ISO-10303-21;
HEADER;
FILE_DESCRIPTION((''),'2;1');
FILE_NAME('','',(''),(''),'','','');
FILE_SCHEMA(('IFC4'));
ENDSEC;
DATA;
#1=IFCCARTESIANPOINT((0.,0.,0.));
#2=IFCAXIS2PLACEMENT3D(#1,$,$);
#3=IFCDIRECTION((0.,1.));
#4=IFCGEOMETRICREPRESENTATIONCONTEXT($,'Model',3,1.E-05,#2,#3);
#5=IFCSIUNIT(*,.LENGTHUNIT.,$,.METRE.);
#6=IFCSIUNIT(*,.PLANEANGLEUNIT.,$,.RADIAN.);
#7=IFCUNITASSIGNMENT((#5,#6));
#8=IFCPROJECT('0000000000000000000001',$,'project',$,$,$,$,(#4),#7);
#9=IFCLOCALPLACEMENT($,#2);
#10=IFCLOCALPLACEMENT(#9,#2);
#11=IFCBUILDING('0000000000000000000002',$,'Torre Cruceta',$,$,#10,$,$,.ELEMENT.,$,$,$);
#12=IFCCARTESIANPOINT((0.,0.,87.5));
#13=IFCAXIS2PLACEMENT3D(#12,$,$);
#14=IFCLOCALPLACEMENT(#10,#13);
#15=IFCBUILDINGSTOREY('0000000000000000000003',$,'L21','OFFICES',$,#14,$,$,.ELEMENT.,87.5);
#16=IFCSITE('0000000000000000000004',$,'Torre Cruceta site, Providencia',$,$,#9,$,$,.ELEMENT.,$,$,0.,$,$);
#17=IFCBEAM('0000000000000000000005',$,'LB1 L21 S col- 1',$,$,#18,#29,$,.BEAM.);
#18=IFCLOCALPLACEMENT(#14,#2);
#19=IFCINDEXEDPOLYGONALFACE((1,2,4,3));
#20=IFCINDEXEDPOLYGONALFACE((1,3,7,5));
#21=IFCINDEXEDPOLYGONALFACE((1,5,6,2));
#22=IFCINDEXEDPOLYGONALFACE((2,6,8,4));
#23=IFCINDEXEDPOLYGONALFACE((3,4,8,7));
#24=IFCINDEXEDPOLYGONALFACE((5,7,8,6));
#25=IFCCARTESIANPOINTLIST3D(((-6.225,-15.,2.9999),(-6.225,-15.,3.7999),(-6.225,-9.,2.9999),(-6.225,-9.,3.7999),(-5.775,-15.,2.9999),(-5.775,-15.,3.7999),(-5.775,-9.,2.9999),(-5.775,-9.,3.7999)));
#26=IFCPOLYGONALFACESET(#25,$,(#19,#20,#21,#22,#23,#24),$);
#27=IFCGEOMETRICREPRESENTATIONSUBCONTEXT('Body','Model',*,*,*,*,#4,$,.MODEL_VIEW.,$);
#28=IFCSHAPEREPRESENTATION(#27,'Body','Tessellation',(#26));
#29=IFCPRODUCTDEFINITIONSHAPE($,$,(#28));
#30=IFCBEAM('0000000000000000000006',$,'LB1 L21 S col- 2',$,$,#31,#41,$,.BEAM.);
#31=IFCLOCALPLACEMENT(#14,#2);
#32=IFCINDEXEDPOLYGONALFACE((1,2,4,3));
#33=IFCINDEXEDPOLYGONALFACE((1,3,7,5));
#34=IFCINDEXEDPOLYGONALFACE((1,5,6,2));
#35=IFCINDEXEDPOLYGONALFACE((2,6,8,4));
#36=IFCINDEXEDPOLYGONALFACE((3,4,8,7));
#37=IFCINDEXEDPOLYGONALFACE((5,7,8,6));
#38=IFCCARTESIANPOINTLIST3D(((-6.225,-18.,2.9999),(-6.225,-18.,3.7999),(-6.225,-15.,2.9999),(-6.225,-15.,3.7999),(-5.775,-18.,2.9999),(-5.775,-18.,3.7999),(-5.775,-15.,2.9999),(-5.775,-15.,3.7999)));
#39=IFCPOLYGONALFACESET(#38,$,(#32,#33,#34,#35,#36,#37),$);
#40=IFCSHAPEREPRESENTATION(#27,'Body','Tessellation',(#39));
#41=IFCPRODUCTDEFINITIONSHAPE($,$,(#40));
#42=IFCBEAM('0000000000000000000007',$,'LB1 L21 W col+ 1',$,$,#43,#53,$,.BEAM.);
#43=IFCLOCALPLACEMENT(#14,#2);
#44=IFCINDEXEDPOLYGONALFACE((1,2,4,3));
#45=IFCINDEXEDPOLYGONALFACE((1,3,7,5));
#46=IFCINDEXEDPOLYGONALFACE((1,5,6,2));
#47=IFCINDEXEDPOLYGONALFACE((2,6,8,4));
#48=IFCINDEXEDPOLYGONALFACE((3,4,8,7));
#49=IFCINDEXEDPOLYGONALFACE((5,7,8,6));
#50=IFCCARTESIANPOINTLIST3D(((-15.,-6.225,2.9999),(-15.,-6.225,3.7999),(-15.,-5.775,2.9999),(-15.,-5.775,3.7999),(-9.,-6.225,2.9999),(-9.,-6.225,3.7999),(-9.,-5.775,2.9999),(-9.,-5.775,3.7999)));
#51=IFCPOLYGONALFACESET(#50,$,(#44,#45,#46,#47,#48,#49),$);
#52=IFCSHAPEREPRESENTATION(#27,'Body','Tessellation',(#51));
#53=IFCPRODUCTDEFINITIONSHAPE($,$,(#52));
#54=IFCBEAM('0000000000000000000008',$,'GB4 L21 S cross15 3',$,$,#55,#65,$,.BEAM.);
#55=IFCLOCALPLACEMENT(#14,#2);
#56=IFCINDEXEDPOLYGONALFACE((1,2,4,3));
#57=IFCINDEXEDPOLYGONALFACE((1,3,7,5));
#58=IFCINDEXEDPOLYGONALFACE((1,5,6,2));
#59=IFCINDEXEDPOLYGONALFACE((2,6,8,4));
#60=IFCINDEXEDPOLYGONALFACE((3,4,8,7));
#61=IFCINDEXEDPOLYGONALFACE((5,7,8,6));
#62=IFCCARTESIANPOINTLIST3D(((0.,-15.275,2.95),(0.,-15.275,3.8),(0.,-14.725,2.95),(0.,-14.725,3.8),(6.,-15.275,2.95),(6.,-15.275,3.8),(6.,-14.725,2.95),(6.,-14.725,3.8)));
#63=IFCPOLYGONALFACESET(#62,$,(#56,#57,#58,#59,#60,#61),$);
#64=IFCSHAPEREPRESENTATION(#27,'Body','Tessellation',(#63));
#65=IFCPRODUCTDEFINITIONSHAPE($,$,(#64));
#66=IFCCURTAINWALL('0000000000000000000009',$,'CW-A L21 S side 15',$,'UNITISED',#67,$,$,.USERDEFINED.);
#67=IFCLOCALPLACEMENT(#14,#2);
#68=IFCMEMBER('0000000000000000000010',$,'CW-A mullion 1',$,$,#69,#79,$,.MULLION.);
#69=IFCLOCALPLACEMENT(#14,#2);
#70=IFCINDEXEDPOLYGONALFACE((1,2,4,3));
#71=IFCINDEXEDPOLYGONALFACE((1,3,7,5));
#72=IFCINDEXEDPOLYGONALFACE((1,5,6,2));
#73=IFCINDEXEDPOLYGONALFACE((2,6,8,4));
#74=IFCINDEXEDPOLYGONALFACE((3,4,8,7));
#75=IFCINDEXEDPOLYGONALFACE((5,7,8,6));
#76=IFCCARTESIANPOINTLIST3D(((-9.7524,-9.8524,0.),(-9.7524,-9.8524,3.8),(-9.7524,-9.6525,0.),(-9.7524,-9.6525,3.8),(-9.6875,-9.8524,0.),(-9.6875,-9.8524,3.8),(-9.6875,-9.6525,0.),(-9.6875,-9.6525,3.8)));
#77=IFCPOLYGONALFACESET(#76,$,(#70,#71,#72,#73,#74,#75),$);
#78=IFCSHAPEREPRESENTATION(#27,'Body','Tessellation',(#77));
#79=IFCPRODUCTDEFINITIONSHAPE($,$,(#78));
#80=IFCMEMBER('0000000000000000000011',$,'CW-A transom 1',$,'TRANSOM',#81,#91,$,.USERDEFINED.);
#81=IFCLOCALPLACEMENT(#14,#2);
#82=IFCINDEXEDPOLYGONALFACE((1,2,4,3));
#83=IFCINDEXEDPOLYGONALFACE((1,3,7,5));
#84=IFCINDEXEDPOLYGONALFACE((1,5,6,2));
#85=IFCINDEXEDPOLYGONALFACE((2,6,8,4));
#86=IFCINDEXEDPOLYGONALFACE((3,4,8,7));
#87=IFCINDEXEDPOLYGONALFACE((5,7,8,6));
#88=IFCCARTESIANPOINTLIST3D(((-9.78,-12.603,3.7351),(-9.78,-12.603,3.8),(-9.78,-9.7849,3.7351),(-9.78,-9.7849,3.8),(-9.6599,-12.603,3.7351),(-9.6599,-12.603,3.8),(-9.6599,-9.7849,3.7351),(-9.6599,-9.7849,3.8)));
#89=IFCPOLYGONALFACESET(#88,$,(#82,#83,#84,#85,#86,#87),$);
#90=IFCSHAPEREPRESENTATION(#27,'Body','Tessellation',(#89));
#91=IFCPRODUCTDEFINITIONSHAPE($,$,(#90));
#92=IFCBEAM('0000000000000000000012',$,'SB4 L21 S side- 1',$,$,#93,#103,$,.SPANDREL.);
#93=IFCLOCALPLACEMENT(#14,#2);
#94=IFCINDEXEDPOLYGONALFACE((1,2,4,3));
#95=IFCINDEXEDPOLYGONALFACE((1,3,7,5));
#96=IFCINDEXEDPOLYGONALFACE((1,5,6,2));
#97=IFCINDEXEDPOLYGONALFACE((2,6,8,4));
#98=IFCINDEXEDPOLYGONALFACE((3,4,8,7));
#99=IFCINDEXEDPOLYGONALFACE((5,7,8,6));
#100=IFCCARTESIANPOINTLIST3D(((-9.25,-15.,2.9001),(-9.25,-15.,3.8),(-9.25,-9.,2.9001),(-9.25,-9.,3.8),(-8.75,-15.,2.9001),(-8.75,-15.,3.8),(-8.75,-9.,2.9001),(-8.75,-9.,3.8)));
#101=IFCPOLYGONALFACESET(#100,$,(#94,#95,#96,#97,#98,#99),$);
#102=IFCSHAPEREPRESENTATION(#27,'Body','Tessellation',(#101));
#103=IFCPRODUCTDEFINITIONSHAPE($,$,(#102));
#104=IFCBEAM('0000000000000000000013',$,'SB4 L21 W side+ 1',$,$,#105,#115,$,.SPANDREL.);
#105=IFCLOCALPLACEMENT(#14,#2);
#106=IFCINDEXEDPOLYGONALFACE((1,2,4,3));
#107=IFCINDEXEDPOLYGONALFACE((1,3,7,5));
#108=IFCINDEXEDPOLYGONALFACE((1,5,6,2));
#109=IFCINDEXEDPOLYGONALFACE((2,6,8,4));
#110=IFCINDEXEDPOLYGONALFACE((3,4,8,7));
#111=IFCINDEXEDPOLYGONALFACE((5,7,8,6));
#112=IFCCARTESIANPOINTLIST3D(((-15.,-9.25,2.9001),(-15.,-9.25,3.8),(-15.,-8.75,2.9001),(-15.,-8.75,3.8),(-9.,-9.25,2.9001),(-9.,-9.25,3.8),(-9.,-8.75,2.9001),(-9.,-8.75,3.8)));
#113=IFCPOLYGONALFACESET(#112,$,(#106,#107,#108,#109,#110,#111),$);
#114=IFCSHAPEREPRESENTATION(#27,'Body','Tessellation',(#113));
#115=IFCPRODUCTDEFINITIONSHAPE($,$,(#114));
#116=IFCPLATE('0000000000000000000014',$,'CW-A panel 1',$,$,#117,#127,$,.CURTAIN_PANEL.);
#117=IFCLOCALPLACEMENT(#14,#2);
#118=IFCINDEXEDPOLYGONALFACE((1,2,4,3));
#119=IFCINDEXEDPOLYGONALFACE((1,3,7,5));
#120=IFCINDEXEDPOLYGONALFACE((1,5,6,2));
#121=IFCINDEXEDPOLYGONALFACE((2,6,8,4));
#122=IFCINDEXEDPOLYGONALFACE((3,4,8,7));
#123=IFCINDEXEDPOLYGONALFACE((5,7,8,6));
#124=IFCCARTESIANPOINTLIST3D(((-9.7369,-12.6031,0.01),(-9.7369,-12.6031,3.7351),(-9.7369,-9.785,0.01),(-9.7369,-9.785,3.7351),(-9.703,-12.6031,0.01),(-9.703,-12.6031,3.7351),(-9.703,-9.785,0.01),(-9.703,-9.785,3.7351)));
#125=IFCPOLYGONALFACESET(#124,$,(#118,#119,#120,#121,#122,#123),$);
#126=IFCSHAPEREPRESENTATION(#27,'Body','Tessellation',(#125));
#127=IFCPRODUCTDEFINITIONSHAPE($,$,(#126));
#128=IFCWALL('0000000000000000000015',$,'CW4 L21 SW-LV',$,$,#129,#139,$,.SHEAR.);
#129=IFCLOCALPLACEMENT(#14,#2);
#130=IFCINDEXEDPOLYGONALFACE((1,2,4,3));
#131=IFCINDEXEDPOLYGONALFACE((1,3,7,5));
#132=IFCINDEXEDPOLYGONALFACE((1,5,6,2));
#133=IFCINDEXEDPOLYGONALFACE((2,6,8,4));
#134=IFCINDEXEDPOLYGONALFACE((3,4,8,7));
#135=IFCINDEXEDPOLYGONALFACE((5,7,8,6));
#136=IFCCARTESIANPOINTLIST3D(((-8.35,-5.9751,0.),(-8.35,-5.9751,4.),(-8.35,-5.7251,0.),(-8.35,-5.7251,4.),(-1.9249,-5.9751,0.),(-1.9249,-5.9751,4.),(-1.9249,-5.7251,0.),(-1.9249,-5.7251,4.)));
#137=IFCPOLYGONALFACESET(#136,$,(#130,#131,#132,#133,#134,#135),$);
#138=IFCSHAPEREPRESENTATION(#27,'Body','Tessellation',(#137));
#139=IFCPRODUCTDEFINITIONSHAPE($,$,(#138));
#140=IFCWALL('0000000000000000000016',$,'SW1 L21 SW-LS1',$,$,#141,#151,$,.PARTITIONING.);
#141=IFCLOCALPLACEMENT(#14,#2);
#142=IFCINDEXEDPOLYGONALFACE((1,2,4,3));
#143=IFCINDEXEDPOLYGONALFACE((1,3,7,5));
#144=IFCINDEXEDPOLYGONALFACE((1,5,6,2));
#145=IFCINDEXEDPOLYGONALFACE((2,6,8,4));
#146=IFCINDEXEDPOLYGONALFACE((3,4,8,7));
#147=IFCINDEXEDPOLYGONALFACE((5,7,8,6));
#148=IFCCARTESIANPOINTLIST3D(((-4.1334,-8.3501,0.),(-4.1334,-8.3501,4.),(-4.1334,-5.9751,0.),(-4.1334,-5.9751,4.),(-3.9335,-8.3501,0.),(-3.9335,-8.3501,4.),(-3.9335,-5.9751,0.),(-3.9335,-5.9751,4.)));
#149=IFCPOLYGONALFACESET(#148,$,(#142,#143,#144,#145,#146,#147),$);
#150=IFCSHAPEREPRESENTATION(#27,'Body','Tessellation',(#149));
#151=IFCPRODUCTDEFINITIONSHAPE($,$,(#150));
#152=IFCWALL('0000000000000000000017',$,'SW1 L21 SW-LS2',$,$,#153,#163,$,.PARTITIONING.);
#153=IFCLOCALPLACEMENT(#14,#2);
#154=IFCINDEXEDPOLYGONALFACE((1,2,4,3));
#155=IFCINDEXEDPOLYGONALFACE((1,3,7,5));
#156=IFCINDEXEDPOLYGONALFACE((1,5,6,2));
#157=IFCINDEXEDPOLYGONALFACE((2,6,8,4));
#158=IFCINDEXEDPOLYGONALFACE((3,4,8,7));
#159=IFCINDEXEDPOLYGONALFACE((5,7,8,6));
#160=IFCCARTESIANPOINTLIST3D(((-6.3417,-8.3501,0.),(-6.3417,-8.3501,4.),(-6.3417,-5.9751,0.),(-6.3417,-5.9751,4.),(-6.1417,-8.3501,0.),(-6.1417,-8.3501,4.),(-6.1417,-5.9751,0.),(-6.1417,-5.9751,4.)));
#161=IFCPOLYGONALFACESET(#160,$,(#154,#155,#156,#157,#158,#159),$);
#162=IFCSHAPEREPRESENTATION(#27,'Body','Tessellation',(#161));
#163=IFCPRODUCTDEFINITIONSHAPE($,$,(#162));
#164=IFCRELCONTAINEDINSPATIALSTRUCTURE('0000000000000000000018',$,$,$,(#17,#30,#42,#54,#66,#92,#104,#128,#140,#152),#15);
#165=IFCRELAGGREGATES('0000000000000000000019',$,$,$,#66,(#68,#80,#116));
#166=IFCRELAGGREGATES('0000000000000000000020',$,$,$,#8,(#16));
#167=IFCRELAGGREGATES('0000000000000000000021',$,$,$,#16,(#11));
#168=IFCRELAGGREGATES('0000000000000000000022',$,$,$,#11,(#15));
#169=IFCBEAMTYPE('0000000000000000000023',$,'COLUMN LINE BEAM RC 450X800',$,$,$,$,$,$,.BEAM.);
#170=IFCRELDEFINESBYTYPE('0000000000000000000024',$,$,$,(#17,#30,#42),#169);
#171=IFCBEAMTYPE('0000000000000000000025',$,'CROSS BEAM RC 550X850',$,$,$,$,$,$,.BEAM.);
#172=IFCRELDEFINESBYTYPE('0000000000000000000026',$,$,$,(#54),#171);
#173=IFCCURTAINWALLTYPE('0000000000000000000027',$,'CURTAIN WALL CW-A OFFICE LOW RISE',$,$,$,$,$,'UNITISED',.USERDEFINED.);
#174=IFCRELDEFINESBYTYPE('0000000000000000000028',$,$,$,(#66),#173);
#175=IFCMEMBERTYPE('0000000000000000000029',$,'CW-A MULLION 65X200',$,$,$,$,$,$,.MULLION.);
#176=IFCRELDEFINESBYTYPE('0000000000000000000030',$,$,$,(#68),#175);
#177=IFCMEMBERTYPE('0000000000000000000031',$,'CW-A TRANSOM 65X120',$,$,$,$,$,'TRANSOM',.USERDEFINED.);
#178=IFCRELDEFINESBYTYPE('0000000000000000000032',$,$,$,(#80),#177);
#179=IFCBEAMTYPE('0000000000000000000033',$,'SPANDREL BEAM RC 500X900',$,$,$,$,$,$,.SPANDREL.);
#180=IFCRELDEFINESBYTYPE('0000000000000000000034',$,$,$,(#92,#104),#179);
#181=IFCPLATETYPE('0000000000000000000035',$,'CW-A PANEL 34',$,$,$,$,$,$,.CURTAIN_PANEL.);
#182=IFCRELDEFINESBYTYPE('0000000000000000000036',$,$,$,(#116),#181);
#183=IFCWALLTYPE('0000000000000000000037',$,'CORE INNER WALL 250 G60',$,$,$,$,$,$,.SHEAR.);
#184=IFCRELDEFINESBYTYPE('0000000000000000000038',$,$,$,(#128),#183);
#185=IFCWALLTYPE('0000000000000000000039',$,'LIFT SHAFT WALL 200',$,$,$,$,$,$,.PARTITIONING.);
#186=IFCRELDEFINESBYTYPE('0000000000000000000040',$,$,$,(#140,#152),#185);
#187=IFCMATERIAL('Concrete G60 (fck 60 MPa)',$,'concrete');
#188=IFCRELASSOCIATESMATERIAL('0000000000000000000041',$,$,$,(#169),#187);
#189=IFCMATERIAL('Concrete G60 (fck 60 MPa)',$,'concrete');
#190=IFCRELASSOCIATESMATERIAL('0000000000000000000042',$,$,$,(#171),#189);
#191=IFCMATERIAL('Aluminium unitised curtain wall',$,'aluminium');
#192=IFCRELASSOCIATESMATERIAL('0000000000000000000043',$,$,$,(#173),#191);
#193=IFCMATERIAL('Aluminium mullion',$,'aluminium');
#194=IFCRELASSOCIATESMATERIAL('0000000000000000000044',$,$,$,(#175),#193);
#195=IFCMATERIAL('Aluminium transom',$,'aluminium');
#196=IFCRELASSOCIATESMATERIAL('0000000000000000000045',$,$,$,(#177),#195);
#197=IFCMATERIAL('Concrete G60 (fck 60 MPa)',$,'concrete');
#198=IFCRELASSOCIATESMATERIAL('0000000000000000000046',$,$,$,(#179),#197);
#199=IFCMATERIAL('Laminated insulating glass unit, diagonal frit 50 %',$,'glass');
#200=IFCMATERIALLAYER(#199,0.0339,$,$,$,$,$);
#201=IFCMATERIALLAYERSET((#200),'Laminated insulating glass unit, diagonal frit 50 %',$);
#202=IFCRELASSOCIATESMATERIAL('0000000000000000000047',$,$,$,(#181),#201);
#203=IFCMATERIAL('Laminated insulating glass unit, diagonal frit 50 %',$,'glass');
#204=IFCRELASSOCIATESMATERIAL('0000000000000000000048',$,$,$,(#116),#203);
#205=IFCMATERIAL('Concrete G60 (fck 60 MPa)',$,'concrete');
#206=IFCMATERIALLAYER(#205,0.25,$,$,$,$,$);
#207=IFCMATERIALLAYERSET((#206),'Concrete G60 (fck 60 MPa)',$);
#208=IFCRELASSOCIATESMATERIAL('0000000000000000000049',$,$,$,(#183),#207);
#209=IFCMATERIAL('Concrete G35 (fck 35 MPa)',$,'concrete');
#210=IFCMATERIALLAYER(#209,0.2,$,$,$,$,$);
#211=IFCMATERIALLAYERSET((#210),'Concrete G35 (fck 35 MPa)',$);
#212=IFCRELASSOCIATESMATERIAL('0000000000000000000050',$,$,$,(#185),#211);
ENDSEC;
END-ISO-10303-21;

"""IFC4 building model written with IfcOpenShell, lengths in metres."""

from ifc_helpers import new_model, si_unit, direction, frame, frame_2d, origin, origin_2d, place, context, subcontext, project, spatial, rectangle, extrude, material, layer, layer_set, material_profile, profile_set, type_object, element, aggregate, save


model = new_model("IFC4")

# Units and contexts
model_context = context("Model", 3, precision=1e-05, world=origin(), true_north=direction((0.0, 1.0)))
body_context = subcontext(model_context, "Body", "Model", "MODEL_VIEW")
ifc_project = project(units=[si_unit("LENGTHUNIT", "METRE"), si_unit("PLANEANGLEUNIT", "RADIAN")], contexts=[model_context])

# Site, building, storey
site_placement = place(None, origin())
site = spatial("IfcSite", under=ifc_project, at=site_placement, Name="Torre Cruceta site, Providencia", CompositionType="ELEMENT", RefElevation=0.0)
building_placement = place(site_placement, origin())
building = spatial("IfcBuilding", under=site, at=building_placement, Name="Torre Cruceta", CompositionType="ELEMENT")
storey_placement = place(building_placement, frame((0.0, 0.0, 87.5)))
storey = spatial("IfcBuildingStorey", under=building, at=storey_placement, Name="L21", Description="OFFICES", CompositionType="ELEMENT", Elevation=87.5)

# Beams
ifc_material_1 = material(Name="Concrete G60 (fck 60 MPa)", Category="concrete")
ifc_material_profile_1 = material_profile(ifc_material_1, rectangle(XDim=0.45, YDim=0.8, at=origin_2d()), Name="RC 450X800")
ifc_profile_set_1 = profile_set([ifc_material_profile_1], Name="Concrete G60 (fck 60 MPa)")
beam_type_1 = type_object("IfcBeamType", Name="COLUMN LINE BEAM RC 450X800", PredefinedType="BEAM", material=ifc_profile_set_1)
beam_1_placement = place(storey_placement, frame((-6.0, -9.0, 3.3999), z_axis=(0.0, -1.0, 0.0), x_axis=(1.0, 0.0, 0.0)))
element("IfcBeam", 1, at=beam_1_placement, inside=storey, type_object=beam_type_1, Name="LB1 L21 S col- 1", PredefinedType="BEAM", context=body_context, shape_type="SweptSolid", body=[
    extrude(rectangle(XDim=0.45, YDim=0.8, at=origin_2d()), origin(), (0.0, 0.0, 1.0), 6.0),
])
beam_2_placement = place(storey_placement, frame((-6.0, -15.0, 3.3999), z_axis=(0.0, -1.0, 0.0), x_axis=(1.0, 0.0, 0.0)))
element("IfcBeam", 2, at=beam_2_placement, inside=storey, type_object=beam_type_1, Name="LB1 L21 S col- 2", PredefinedType="BEAM", context=body_context, shape_type="SweptSolid", body=[
    extrude(rectangle(XDim=0.45, YDim=0.8, at=origin_2d()), origin(), (0.0, 0.0, 1.0), 3.0),
])
beam_3_placement = place(storey_placement, frame((-9.0, -6.0, 3.3999), z_axis=(-1.0, 0.0, 0.0), x_axis=(0.0, -1.0, 0.0)))
element("IfcBeam", 3, at=beam_3_placement, inside=storey, type_object=beam_type_1, Name="LB1 L21 W col+ 1", PredefinedType="BEAM", context=body_context, shape_type="SweptSolid", body=[
    extrude(rectangle(XDim=0.45, YDim=0.8, at=origin_2d()), origin(), (0.0, 0.0, 1.0), 6.0),
])
ifc_material_2 = material(Name="Concrete G60 (fck 60 MPa)", Category="concrete")
ifc_material_profile_2 = material_profile(ifc_material_2, rectangle(XDim=0.55, YDim=0.8501, at=origin_2d()), Name="RC 550X850")
ifc_profile_set_2 = profile_set([ifc_material_profile_2], Name="Concrete G60 (fck 60 MPa)")
beam_type_2 = type_object("IfcBeamType", Name="CROSS BEAM RC 550X850", PredefinedType="BEAM", material=ifc_profile_set_2)
beam_4_placement = place(storey_placement, frame((0.0, -15.0, 3.375), z_axis=(1.0, 0.0, 0.0), x_axis=(0.0, 1.0, 0.0)))
element("IfcBeam", 4, at=beam_4_placement, inside=storey, type_object=beam_type_2, Name="GB4 L21 S cross15 3", PredefinedType="BEAM", context=body_context, shape_type="SweptSolid", body=[
    extrude(rectangle(XDim=0.55, YDim=0.8501, at=origin_2d()), origin(), (0.0, 0.0, 1.0), 6.0),
])

# Curtain wall, members
ifc_material_3 = material(Name="Aluminium unitised curtain wall", Category="aluminium")
curtain_wall_type = type_object("IfcCurtainWallType", Name="CURTAIN WALL CW-A OFFICE LOW RISE", ElementType="UNITISED", PredefinedType="USERDEFINED", material=ifc_material_3)
curtain_wall_placement = place(storey_placement, origin())
curtain_wall = element("IfcCurtainWall", 5, at=curtain_wall_placement, inside=storey, type_object=curtain_wall_type, Name="CW-A L21 S side 15", ObjectType="UNITISED", PredefinedType="USERDEFINED")
ifc_material_4 = material(Name="Aluminium mullion", Category="aluminium")
ifc_material_profile_3 = material_profile(ifc_material_4, rectangle(XDim=0.0649, YDim=0.2, at=origin_2d()), Name="AL 65X200")
ifc_profile_set_3 = profile_set([ifc_material_profile_3], Name="Aluminium mullion")
member_type_1 = type_object("IfcMemberType", Name="CW-A MULLION 65X200", PredefinedType="MULLION", material=ifc_profile_set_3)
member_1_placement = place(storey_placement, frame((-9.72, -9.7524, 0.0), z_axis=(0.0, 0.0, 1.0), x_axis=(1.0, 0.0, 0.0)))
member_1 = element("IfcMember", 6, at=member_1_placement, type_object=member_type_1, Name="CW-A mullion 1", PredefinedType="MULLION", context=body_context, shape_type="SweptSolid", body=[
    extrude(rectangle(XDim=0.0649, YDim=0.2, at=origin_2d()), origin(), (0.0, 0.0, 1.0), 3.8),
])
ifc_material_5 = material(Name="Aluminium transom", Category="aluminium")
ifc_material_profile_4 = material_profile(ifc_material_5, rectangle(XDim=0.1201, YDim=0.0649, at=origin_2d()), Name="AL 120X65")
ifc_profile_set_4 = profile_set([ifc_material_profile_4], Name="Aluminium transom")
member_type_2 = type_object("IfcMemberType", Name="CW-A TRANSOM 65X120", ElementType="TRANSOM", PredefinedType="USERDEFINED", material=ifc_profile_set_4)
member_2_placement = place(storey_placement, frame((-9.72, -9.7849, 3.7676), z_axis=(0.0, -1.0, 0.0), x_axis=(1.0, 0.0, 0.0)))
member_2 = element("IfcMember", 7, at=member_2_placement, type_object=member_type_2, Name="CW-A transom 1", ObjectType="TRANSOM", PredefinedType="USERDEFINED", context=body_context, shape_type="SweptSolid", body=[
    extrude(rectangle(XDim=0.1201, YDim=0.0649, at=origin_2d()), origin(), (0.0, 0.0, 1.0), 2.8181),
])

# Beams
ifc_material_6 = material(Name="Concrete G60 (fck 60 MPa)", Category="concrete")
ifc_material_profile_5 = material_profile(ifc_material_6, rectangle(XDim=0.5, YDim=0.8999, at=origin_2d()), Name="RC 500X900")
ifc_profile_set_5 = profile_set([ifc_material_profile_5], Name="Concrete G60 (fck 60 MPa)")
beam_type_3 = type_object("IfcBeamType", Name="SPANDREL BEAM RC 500X900", PredefinedType="SPANDREL", material=ifc_profile_set_5)
for number, where, z_axis, x_axis, name in (
    (8, (-9.0, -9.0, 3.3501), (0.0, -1.0, 0.0), (1.0, 0.0, 0.0), "SB4 L21 S side- 1"),
    (9, (-9.0, -9.0, 3.3501), (-1.0, 0.0, 0.0), (0.0, -1.0, 0.0), "SB4 L21 W side+ 1"),
):
    element("IfcBeam", number, at=place(storey_placement, frame(where, z_axis=z_axis, x_axis=x_axis)), inside=storey, type_object=beam_type_3, Name=name, PredefinedType="SPANDREL", context=body_context, shape_type="SweptSolid", body=[
        extrude(rectangle(XDim=0.5, YDim=0.8999, at=origin_2d()), origin(), (0.0, 0.0, 1.0), 6.0),
    ])

# Plate
ifc_material_7 = material(Name="Laminated insulating glass unit, diagonal frit 50 %", Category="glass")
ifc_material_8 = material(Name="Laminated insulating glass unit, diagonal frit 50 %", Category="glass")
ifc_layer_1 = layer(ifc_material_8, 0.0339)
ifc_layer_set_1 = layer_set([ifc_layer_1], Name="Laminated insulating glass unit, diagonal frit 50 %")
plate_type = type_object("IfcPlateType", Name="CW-A PANEL 34", PredefinedType="CURTAIN_PANEL", material=ifc_layer_set_1)
plate_placement = place(storey_placement, frame((-9.72, -11.1941, 0.01), z_axis=(0.0, 0.0, 1.0), x_axis=(0.0, -1.0, 0.0)))
plate = element("IfcPlate", 10, at=plate_placement, type_object=plate_type, material=ifc_material_7, Name="CW-A panel 1", PredefinedType="CURTAIN_PANEL", context=body_context, shape_type="SweptSolid", body=[
    extrude(rectangle(XDim=2.8181, YDim=0.0339, at=origin_2d()), origin(), (0.0, 0.0, 1.0), 3.7251),
])
aggregate(curtain_wall, [member_1, member_2, plate])

# Wall
ifc_material_9 = material(Name="Concrete G60 (fck 60 MPa)", Category="concrete")
ifc_layer_2 = layer(ifc_material_9, 0.25)
ifc_layer_set_2 = layer_set([ifc_layer_2], Name="Concrete G60 (fck 60 MPa)")
wall_type_1 = type_object("IfcWallType", Name="CORE INNER WALL 250 G60", PredefinedType="SHEAR", material=ifc_layer_set_2)
wall_1_placement = place(storey_placement, frame((-1.925, -5.8501, 0.0), z_axis=(0.0, 0.0, 1.0), x_axis=(-1.0, 0.0, 0.0)))
element("IfcWall", 11, at=wall_1_placement, inside=storey, type_object=wall_type_1, Name="CW4 L21 SW-LV", PredefinedType="SHEAR", context=body_context, shape_type="SweptSolid", body=[
    extrude(rectangle(XDim=6.425, YDim=0.25, at=frame_2d((3.2124, 0.0))), origin(), (0.0, 0.0, 1.0), 4.0),
])

# Walls
ifc_material_10 = material(Name="Concrete G35 (fck 35 MPa)", Category="concrete")
ifc_layer_3 = layer(ifc_material_10, 0.2)
ifc_layer_set_3 = layer_set([ifc_layer_3], Name="Concrete G35 (fck 35 MPa)")
wall_type_2 = type_object("IfcWallType", Name="LIFT SHAFT WALL 200", PredefinedType="PARTITIONING", material=ifc_layer_set_3)
for number, where, z_axis, x_axis, name in (
    (12, (-4.0334, -5.9751, 0.0), (0.0, 0.0, 1.0), (0.0, -1.0, 0.0), "SW1 L21 SW-LS1"),
    (13, (-6.2417, -5.9751, 0.0), (0.0, 0.0, 1.0), (0.0, -1.0, 0.0), "SW1 L21 SW-LS2"),
):
    element("IfcWall", number, at=place(storey_placement, frame(where, z_axis=z_axis, x_axis=x_axis)), inside=storey, type_object=wall_type_2, Name=name, PredefinedType="PARTITIONING", context=body_context, shape_type="SweptSolid", body=[
        extrude(rectangle(XDim=2.375, YDim=0.2, at=frame_2d((1.1875, 0.0))), origin(), (0.0, 0.0, 1.0), 4.0),
    ])

save(model, "model.ifc")
